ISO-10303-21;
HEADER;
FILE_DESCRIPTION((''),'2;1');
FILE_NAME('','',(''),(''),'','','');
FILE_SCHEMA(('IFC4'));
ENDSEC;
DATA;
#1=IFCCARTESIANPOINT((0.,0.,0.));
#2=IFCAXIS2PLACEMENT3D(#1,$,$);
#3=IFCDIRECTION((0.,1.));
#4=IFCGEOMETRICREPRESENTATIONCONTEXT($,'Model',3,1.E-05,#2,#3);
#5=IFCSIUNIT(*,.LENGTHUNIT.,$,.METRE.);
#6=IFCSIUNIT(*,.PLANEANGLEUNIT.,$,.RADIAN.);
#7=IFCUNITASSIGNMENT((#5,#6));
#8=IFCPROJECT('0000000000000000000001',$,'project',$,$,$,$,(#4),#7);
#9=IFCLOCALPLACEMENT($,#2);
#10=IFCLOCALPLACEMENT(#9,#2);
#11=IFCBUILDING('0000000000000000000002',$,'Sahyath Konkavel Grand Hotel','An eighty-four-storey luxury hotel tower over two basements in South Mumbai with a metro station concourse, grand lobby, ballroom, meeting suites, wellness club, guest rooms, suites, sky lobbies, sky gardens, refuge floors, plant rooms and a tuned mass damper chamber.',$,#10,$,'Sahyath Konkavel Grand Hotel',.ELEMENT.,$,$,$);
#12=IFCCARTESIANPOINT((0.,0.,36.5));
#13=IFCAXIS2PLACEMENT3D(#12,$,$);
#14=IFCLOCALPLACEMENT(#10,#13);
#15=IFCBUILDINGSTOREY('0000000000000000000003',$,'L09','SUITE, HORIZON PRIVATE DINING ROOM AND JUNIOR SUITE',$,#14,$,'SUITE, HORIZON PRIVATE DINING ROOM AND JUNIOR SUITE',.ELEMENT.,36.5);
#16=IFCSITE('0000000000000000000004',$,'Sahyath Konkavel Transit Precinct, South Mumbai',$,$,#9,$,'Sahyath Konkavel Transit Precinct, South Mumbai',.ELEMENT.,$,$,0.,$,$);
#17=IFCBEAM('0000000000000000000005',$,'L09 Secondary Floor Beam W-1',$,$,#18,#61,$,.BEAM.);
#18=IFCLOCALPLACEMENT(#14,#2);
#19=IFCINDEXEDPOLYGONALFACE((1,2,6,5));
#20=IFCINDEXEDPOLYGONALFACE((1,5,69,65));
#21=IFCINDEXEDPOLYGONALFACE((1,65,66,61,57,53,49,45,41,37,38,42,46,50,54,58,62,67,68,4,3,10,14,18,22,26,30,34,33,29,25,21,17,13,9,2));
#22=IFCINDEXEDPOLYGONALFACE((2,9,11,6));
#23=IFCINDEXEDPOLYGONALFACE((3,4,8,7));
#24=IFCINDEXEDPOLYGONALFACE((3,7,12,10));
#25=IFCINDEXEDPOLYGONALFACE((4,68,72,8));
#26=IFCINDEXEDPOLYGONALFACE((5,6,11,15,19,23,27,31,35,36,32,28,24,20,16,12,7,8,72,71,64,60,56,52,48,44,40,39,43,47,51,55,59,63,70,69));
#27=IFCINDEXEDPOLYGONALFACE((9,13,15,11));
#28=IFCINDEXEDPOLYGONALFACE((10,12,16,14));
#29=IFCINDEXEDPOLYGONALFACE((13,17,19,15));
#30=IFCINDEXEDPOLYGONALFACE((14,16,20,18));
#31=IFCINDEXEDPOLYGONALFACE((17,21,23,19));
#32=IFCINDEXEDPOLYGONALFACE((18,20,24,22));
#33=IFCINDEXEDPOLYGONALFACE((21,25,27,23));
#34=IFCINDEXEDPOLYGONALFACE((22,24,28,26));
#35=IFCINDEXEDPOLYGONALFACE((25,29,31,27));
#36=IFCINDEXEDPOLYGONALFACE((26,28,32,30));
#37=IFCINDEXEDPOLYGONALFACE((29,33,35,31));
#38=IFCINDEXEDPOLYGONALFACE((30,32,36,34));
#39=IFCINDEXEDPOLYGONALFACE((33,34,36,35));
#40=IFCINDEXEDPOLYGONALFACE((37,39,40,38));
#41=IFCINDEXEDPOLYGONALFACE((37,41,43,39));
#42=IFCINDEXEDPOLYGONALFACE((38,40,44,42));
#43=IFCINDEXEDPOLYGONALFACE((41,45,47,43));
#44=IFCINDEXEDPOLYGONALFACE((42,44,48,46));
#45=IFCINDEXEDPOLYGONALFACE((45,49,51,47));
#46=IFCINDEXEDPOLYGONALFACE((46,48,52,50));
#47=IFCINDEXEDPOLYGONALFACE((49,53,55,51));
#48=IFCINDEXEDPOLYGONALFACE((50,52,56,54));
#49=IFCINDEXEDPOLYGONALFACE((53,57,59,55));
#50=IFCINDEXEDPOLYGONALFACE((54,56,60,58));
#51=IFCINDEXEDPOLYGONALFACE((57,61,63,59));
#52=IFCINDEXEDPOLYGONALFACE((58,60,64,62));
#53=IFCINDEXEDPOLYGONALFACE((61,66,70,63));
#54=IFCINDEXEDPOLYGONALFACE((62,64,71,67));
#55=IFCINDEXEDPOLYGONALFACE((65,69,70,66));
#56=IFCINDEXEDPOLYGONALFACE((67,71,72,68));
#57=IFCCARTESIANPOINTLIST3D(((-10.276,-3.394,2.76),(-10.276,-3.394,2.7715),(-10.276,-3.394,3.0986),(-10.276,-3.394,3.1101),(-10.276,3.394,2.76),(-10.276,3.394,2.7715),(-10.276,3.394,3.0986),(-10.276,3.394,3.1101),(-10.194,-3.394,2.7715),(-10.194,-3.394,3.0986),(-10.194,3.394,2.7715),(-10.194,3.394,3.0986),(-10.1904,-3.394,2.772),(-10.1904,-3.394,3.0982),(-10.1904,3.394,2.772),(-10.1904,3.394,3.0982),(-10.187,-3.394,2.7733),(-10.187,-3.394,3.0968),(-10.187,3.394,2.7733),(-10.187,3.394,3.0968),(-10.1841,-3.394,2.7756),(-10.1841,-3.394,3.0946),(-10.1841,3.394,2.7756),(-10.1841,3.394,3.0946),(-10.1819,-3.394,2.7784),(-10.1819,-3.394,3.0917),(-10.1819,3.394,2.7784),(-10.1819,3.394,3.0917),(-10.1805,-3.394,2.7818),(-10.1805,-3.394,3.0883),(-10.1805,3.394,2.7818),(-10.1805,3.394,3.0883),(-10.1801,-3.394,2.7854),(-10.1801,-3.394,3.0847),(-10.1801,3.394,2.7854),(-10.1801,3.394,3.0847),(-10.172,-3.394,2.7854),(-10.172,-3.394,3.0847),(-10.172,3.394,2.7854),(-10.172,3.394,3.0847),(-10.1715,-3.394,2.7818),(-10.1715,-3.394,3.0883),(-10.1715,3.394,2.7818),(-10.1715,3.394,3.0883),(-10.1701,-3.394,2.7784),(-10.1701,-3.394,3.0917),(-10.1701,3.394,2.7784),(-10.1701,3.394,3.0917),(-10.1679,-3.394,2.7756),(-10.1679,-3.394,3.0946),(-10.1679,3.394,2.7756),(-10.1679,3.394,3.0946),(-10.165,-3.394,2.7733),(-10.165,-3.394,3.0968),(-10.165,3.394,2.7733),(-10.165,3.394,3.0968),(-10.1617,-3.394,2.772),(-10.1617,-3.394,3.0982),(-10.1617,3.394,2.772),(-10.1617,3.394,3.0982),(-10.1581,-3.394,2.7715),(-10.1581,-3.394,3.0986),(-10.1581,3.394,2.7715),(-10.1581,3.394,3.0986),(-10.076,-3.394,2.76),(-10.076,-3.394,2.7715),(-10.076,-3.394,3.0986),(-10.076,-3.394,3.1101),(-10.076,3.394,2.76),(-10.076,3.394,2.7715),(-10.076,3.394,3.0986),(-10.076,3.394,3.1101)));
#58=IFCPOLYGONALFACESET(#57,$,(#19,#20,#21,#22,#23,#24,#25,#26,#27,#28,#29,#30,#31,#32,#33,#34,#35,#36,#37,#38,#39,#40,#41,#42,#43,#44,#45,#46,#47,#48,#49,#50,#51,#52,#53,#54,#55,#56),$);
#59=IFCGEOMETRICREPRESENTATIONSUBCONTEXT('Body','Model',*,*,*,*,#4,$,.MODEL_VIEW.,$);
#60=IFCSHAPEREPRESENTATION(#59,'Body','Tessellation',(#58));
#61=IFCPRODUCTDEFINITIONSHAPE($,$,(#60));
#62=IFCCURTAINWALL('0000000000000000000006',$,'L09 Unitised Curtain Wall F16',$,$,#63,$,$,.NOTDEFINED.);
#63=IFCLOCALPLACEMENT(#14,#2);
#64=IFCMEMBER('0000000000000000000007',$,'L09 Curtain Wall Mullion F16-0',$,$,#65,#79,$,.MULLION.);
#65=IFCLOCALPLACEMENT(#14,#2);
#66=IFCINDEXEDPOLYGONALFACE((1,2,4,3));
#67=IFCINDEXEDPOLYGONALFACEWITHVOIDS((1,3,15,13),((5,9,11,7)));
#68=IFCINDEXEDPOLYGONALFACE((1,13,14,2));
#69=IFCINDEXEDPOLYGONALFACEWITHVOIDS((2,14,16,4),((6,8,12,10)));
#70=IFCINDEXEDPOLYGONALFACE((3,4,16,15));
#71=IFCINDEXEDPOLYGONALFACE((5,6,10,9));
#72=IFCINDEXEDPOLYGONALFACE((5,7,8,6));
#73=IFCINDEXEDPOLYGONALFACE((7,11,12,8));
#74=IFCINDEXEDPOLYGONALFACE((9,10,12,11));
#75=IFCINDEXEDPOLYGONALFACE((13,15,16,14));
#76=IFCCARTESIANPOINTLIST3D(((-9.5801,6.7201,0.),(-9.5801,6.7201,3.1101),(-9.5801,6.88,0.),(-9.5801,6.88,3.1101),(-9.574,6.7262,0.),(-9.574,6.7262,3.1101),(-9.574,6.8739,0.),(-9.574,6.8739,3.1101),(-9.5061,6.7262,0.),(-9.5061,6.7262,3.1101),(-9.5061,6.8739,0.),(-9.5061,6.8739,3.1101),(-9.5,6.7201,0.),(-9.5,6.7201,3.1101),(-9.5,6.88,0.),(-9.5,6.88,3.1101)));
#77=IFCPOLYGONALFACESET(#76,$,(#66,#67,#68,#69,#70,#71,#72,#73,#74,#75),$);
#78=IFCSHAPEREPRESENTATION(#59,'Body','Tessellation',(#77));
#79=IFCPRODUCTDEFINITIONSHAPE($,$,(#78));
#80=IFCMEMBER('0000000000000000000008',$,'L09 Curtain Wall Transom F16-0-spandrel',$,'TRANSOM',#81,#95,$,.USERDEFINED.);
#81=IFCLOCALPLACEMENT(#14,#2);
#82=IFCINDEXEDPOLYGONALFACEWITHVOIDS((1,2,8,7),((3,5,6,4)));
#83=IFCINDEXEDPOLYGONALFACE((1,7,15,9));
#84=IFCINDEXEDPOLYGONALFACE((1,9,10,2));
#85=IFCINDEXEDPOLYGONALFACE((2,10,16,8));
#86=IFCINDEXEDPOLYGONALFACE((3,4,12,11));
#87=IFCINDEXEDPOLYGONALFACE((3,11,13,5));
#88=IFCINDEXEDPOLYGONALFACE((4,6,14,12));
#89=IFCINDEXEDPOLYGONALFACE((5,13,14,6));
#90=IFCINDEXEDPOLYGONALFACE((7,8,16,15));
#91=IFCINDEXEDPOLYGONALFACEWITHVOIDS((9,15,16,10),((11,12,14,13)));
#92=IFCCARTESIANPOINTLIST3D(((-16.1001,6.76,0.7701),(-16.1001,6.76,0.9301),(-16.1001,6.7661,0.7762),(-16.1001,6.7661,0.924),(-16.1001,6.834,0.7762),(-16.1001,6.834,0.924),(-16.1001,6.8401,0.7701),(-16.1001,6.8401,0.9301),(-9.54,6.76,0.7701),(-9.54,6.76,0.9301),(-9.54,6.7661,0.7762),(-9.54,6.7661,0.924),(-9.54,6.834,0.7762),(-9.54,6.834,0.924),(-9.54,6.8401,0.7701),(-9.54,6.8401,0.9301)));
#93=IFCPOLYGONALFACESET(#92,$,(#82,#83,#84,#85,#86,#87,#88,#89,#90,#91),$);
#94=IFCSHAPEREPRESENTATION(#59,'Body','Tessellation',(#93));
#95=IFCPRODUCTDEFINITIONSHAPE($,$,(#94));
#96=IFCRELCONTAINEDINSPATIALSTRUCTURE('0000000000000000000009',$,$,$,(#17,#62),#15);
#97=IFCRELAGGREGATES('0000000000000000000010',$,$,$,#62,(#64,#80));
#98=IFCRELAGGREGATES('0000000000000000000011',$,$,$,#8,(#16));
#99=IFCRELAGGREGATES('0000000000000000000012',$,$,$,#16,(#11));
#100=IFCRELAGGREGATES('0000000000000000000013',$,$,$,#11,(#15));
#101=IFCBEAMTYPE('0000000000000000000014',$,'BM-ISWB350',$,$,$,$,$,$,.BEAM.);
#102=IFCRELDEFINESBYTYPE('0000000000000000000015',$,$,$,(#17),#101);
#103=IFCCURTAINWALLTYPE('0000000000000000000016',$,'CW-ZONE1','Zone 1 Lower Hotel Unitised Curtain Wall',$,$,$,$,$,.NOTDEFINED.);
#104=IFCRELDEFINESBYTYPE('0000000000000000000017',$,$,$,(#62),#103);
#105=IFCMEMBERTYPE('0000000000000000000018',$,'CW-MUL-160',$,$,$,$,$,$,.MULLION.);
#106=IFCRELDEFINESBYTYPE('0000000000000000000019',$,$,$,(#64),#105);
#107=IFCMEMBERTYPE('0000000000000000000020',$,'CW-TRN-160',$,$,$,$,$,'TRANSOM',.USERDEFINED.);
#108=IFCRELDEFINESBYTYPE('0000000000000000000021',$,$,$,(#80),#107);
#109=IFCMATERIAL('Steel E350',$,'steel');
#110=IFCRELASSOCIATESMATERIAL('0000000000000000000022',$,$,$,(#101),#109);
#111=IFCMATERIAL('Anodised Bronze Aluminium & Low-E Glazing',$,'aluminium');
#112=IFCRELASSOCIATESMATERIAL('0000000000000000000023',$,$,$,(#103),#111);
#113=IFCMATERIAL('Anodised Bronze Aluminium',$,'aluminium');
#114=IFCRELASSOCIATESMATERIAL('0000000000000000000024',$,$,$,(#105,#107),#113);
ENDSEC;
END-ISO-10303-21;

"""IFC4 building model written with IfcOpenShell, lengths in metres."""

from ifc_helpers import new_model, si_unit, direction, frame, origin, origin_2d, place, context, subcontext, project, spatial, hollow_rectangle, i_section, extrude, source, transform, mapped, material, material_profile, profile_set, type_object, element, aggregate, save


model = new_model("IFC4")

# Units and contexts
model_context = context("Model", 3, precision=1e-05, world=origin(), true_north=direction((0.0, 1.0)))
body_context = subcontext(model_context, "Body", "Model", "MODEL_VIEW")
ifc_project = project(units=[si_unit("LENGTHUNIT", "METRE"), si_unit("PLANEANGLEUNIT", "RADIAN")], contexts=[model_context])

# Site, building, storey
site_placement = place(None, origin())
site = spatial("IfcSite", under=ifc_project, at=site_placement, Name="Sahyath Konkavel Transit Precinct, South Mumbai", LongName="Sahyath Konkavel Transit Precinct, South Mumbai", CompositionType="ELEMENT", RefElevation=0.0)
building_placement = place(site_placement, origin())
building = spatial("IfcBuilding", under=site, at=building_placement, Name="Sahyath Konkavel Grand Hotel", Description="An eighty-four-storey luxury hotel tower over two basements in South Mumbai with a metro station concourse, grand lobby, ballroom, meeting suites, wellness club, guest rooms, suites, sky lobbies, sky gardens, refuge floors, plant rooms and a tuned mass damper chamber.", LongName="Sahyath Konkavel Grand Hotel", CompositionType="ELEMENT")
storey_placement = place(building_placement, frame((0.0, 0.0, 36.5)))
storey = spatial("IfcBuildingStorey", under=building, at=storey_placement, Name="L09", Description="SUITE, HORIZON PRIVATE DINING ROOM AND JUNIOR SUITE", LongName="SUITE, HORIZON PRIVATE DINING ROOM AND JUNIOR SUITE", CompositionType="ELEMENT", Elevation=36.5)

# Beam
ifc_material_1 = material(Name="Steel E350", Category="steel")
ifc_material_profile_1 = material_profile(ifc_material_1, i_section(OverallWidth=0.2, OverallDepth=0.3501, WebThickness=0.0081, FlangeThickness=0.0115, FilletRadius=0.0139, at=origin_2d()), Name="ISWB 350")
ifc_profile_set_1 = profile_set([ifc_material_profile_1], Name="Steel E350")
beam_type_1 = type_object("IfcBeamType", Name="BM-ISWB350", PredefinedType="BEAM", material=ifc_profile_set_1)
shared_shape_1 = source(origin(), body_context, "Body", "SweptSolid", [
    extrude(i_section(OverallWidth=0.2, OverallDepth=0.3501, WebThickness=0.0081, FlangeThickness=0.0115, FilletRadius=0.0139, at=origin_2d()), origin(), (0.0, 0.0, 1.0), 6.7881),
])
beam_1_placement = place(storey_placement, frame((-10.176, 3.394, 2.9351), z_axis=(0.0, -1.0, 0.0), x_axis=(1.0, 0.0, 0.0)))
element("IfcBeam", 1, at=beam_1_placement, inside=storey, type_object=beam_type_1, Name="L09 Secondary Floor Beam W-1", PredefinedType="BEAM", context=body_context, shape_type="MappedRepresentation", body=[
    mapped(shared_shape_1, transform((0.0, 0.0, 0.0), scale=1.0)),
])

# Curtain wall, members
ifc_material_2 = material(Name="Anodised Bronze Aluminium & Low-E Glazing", Category="aluminium")
curtain_wall_type = type_object("IfcCurtainWallType", Name="CW-ZONE1", Description="Zone 1 Lower Hotel Unitised Curtain Wall", PredefinedType="NOTDEFINED", material=ifc_material_2)
curtain_wall_placement = place(storey_placement, origin())
curtain_wall = element("IfcCurtainWall", 2, at=curtain_wall_placement, inside=storey, type_object=curtain_wall_type, Name="L09 Unitised Curtain Wall F16", PredefinedType="NOTDEFINED")
ifc_material_3 = material(Name="Anodised Bronze Aluminium", Category="aluminium")
ifc_material_profile_2 = material_profile(ifc_material_3, hollow_rectangle(XDim=0.0801, YDim=0.1599, WallThickness=0.0061, at=origin_2d()), Name="RHS 160x80x6")
ifc_profile_set_2 = profile_set([ifc_material_profile_2], Name="Anodised Bronze Aluminium")
member_type_1 = type_object("IfcMemberType", Name="CW-MUL-160", PredefinedType="MULLION", material=ifc_profile_set_2)
shared_shape_2 = source(origin(), body_context, "Body", "SweptSolid", [
    extrude(hollow_rectangle(XDim=0.0801, YDim=0.1599, WallThickness=0.0061, at=origin_2d()), origin(), (0.0, 0.0, 1.0), 3.1101),
])
member_1_placement = place(storey_placement, frame((-9.54, 6.8, 0.0), z_axis=(0.0, 0.0, 1.0), x_axis=(1.0, 0.0, 0.0)))
member_1 = element("IfcMember", 3, at=member_1_placement, type_object=member_type_1, Name="L09 Curtain Wall Mullion F16-0", PredefinedType="MULLION", context=body_context, shape_type="MappedRepresentation", body=[
    mapped(shared_shape_2, transform((0.0, 0.0, 0.0), scale=1.0)),
])
ifc_material_profile_3 = material_profile(ifc_material_3, hollow_rectangle(XDim=0.0801, YDim=0.1599, WallThickness=0.0061, at=origin_2d()), Name="RHS 160x80x6")
ifc_profile_set_3 = profile_set([ifc_material_profile_3], Name="Anodised Bronze Aluminium")
member_type_2 = type_object("IfcMemberType", Name="CW-TRN-160", ElementType="TRANSOM", PredefinedType="USERDEFINED", material=ifc_profile_set_3)
shared_shape_3 = source(origin(), body_context, "Body", "SweptSolid", [
    extrude(hollow_rectangle(XDim=0.0801, YDim=0.1599, WallThickness=0.0061, at=origin_2d()), origin(), (0.0, 0.0, 1.0), 6.5601),
])
member_2_placement = place(storey_placement, frame((-9.54, 6.8, 0.8501), z_axis=(-1.0, 0.0, 0.0), x_axis=(0.0, -1.0, 0.0)))
member_2 = element("IfcMember", 4, at=member_2_placement, type_object=member_type_2, Name="L09 Curtain Wall Transom F16-0-spandrel", ObjectType="TRANSOM", PredefinedType="USERDEFINED", context=body_context, shape_type="MappedRepresentation", body=[
    mapped(shared_shape_3, transform((0.0, 0.0, 0.0), scale=1.0)),
])
aggregate(curtain_wall, [member_1, member_2])

save(model, "model.ifc")
